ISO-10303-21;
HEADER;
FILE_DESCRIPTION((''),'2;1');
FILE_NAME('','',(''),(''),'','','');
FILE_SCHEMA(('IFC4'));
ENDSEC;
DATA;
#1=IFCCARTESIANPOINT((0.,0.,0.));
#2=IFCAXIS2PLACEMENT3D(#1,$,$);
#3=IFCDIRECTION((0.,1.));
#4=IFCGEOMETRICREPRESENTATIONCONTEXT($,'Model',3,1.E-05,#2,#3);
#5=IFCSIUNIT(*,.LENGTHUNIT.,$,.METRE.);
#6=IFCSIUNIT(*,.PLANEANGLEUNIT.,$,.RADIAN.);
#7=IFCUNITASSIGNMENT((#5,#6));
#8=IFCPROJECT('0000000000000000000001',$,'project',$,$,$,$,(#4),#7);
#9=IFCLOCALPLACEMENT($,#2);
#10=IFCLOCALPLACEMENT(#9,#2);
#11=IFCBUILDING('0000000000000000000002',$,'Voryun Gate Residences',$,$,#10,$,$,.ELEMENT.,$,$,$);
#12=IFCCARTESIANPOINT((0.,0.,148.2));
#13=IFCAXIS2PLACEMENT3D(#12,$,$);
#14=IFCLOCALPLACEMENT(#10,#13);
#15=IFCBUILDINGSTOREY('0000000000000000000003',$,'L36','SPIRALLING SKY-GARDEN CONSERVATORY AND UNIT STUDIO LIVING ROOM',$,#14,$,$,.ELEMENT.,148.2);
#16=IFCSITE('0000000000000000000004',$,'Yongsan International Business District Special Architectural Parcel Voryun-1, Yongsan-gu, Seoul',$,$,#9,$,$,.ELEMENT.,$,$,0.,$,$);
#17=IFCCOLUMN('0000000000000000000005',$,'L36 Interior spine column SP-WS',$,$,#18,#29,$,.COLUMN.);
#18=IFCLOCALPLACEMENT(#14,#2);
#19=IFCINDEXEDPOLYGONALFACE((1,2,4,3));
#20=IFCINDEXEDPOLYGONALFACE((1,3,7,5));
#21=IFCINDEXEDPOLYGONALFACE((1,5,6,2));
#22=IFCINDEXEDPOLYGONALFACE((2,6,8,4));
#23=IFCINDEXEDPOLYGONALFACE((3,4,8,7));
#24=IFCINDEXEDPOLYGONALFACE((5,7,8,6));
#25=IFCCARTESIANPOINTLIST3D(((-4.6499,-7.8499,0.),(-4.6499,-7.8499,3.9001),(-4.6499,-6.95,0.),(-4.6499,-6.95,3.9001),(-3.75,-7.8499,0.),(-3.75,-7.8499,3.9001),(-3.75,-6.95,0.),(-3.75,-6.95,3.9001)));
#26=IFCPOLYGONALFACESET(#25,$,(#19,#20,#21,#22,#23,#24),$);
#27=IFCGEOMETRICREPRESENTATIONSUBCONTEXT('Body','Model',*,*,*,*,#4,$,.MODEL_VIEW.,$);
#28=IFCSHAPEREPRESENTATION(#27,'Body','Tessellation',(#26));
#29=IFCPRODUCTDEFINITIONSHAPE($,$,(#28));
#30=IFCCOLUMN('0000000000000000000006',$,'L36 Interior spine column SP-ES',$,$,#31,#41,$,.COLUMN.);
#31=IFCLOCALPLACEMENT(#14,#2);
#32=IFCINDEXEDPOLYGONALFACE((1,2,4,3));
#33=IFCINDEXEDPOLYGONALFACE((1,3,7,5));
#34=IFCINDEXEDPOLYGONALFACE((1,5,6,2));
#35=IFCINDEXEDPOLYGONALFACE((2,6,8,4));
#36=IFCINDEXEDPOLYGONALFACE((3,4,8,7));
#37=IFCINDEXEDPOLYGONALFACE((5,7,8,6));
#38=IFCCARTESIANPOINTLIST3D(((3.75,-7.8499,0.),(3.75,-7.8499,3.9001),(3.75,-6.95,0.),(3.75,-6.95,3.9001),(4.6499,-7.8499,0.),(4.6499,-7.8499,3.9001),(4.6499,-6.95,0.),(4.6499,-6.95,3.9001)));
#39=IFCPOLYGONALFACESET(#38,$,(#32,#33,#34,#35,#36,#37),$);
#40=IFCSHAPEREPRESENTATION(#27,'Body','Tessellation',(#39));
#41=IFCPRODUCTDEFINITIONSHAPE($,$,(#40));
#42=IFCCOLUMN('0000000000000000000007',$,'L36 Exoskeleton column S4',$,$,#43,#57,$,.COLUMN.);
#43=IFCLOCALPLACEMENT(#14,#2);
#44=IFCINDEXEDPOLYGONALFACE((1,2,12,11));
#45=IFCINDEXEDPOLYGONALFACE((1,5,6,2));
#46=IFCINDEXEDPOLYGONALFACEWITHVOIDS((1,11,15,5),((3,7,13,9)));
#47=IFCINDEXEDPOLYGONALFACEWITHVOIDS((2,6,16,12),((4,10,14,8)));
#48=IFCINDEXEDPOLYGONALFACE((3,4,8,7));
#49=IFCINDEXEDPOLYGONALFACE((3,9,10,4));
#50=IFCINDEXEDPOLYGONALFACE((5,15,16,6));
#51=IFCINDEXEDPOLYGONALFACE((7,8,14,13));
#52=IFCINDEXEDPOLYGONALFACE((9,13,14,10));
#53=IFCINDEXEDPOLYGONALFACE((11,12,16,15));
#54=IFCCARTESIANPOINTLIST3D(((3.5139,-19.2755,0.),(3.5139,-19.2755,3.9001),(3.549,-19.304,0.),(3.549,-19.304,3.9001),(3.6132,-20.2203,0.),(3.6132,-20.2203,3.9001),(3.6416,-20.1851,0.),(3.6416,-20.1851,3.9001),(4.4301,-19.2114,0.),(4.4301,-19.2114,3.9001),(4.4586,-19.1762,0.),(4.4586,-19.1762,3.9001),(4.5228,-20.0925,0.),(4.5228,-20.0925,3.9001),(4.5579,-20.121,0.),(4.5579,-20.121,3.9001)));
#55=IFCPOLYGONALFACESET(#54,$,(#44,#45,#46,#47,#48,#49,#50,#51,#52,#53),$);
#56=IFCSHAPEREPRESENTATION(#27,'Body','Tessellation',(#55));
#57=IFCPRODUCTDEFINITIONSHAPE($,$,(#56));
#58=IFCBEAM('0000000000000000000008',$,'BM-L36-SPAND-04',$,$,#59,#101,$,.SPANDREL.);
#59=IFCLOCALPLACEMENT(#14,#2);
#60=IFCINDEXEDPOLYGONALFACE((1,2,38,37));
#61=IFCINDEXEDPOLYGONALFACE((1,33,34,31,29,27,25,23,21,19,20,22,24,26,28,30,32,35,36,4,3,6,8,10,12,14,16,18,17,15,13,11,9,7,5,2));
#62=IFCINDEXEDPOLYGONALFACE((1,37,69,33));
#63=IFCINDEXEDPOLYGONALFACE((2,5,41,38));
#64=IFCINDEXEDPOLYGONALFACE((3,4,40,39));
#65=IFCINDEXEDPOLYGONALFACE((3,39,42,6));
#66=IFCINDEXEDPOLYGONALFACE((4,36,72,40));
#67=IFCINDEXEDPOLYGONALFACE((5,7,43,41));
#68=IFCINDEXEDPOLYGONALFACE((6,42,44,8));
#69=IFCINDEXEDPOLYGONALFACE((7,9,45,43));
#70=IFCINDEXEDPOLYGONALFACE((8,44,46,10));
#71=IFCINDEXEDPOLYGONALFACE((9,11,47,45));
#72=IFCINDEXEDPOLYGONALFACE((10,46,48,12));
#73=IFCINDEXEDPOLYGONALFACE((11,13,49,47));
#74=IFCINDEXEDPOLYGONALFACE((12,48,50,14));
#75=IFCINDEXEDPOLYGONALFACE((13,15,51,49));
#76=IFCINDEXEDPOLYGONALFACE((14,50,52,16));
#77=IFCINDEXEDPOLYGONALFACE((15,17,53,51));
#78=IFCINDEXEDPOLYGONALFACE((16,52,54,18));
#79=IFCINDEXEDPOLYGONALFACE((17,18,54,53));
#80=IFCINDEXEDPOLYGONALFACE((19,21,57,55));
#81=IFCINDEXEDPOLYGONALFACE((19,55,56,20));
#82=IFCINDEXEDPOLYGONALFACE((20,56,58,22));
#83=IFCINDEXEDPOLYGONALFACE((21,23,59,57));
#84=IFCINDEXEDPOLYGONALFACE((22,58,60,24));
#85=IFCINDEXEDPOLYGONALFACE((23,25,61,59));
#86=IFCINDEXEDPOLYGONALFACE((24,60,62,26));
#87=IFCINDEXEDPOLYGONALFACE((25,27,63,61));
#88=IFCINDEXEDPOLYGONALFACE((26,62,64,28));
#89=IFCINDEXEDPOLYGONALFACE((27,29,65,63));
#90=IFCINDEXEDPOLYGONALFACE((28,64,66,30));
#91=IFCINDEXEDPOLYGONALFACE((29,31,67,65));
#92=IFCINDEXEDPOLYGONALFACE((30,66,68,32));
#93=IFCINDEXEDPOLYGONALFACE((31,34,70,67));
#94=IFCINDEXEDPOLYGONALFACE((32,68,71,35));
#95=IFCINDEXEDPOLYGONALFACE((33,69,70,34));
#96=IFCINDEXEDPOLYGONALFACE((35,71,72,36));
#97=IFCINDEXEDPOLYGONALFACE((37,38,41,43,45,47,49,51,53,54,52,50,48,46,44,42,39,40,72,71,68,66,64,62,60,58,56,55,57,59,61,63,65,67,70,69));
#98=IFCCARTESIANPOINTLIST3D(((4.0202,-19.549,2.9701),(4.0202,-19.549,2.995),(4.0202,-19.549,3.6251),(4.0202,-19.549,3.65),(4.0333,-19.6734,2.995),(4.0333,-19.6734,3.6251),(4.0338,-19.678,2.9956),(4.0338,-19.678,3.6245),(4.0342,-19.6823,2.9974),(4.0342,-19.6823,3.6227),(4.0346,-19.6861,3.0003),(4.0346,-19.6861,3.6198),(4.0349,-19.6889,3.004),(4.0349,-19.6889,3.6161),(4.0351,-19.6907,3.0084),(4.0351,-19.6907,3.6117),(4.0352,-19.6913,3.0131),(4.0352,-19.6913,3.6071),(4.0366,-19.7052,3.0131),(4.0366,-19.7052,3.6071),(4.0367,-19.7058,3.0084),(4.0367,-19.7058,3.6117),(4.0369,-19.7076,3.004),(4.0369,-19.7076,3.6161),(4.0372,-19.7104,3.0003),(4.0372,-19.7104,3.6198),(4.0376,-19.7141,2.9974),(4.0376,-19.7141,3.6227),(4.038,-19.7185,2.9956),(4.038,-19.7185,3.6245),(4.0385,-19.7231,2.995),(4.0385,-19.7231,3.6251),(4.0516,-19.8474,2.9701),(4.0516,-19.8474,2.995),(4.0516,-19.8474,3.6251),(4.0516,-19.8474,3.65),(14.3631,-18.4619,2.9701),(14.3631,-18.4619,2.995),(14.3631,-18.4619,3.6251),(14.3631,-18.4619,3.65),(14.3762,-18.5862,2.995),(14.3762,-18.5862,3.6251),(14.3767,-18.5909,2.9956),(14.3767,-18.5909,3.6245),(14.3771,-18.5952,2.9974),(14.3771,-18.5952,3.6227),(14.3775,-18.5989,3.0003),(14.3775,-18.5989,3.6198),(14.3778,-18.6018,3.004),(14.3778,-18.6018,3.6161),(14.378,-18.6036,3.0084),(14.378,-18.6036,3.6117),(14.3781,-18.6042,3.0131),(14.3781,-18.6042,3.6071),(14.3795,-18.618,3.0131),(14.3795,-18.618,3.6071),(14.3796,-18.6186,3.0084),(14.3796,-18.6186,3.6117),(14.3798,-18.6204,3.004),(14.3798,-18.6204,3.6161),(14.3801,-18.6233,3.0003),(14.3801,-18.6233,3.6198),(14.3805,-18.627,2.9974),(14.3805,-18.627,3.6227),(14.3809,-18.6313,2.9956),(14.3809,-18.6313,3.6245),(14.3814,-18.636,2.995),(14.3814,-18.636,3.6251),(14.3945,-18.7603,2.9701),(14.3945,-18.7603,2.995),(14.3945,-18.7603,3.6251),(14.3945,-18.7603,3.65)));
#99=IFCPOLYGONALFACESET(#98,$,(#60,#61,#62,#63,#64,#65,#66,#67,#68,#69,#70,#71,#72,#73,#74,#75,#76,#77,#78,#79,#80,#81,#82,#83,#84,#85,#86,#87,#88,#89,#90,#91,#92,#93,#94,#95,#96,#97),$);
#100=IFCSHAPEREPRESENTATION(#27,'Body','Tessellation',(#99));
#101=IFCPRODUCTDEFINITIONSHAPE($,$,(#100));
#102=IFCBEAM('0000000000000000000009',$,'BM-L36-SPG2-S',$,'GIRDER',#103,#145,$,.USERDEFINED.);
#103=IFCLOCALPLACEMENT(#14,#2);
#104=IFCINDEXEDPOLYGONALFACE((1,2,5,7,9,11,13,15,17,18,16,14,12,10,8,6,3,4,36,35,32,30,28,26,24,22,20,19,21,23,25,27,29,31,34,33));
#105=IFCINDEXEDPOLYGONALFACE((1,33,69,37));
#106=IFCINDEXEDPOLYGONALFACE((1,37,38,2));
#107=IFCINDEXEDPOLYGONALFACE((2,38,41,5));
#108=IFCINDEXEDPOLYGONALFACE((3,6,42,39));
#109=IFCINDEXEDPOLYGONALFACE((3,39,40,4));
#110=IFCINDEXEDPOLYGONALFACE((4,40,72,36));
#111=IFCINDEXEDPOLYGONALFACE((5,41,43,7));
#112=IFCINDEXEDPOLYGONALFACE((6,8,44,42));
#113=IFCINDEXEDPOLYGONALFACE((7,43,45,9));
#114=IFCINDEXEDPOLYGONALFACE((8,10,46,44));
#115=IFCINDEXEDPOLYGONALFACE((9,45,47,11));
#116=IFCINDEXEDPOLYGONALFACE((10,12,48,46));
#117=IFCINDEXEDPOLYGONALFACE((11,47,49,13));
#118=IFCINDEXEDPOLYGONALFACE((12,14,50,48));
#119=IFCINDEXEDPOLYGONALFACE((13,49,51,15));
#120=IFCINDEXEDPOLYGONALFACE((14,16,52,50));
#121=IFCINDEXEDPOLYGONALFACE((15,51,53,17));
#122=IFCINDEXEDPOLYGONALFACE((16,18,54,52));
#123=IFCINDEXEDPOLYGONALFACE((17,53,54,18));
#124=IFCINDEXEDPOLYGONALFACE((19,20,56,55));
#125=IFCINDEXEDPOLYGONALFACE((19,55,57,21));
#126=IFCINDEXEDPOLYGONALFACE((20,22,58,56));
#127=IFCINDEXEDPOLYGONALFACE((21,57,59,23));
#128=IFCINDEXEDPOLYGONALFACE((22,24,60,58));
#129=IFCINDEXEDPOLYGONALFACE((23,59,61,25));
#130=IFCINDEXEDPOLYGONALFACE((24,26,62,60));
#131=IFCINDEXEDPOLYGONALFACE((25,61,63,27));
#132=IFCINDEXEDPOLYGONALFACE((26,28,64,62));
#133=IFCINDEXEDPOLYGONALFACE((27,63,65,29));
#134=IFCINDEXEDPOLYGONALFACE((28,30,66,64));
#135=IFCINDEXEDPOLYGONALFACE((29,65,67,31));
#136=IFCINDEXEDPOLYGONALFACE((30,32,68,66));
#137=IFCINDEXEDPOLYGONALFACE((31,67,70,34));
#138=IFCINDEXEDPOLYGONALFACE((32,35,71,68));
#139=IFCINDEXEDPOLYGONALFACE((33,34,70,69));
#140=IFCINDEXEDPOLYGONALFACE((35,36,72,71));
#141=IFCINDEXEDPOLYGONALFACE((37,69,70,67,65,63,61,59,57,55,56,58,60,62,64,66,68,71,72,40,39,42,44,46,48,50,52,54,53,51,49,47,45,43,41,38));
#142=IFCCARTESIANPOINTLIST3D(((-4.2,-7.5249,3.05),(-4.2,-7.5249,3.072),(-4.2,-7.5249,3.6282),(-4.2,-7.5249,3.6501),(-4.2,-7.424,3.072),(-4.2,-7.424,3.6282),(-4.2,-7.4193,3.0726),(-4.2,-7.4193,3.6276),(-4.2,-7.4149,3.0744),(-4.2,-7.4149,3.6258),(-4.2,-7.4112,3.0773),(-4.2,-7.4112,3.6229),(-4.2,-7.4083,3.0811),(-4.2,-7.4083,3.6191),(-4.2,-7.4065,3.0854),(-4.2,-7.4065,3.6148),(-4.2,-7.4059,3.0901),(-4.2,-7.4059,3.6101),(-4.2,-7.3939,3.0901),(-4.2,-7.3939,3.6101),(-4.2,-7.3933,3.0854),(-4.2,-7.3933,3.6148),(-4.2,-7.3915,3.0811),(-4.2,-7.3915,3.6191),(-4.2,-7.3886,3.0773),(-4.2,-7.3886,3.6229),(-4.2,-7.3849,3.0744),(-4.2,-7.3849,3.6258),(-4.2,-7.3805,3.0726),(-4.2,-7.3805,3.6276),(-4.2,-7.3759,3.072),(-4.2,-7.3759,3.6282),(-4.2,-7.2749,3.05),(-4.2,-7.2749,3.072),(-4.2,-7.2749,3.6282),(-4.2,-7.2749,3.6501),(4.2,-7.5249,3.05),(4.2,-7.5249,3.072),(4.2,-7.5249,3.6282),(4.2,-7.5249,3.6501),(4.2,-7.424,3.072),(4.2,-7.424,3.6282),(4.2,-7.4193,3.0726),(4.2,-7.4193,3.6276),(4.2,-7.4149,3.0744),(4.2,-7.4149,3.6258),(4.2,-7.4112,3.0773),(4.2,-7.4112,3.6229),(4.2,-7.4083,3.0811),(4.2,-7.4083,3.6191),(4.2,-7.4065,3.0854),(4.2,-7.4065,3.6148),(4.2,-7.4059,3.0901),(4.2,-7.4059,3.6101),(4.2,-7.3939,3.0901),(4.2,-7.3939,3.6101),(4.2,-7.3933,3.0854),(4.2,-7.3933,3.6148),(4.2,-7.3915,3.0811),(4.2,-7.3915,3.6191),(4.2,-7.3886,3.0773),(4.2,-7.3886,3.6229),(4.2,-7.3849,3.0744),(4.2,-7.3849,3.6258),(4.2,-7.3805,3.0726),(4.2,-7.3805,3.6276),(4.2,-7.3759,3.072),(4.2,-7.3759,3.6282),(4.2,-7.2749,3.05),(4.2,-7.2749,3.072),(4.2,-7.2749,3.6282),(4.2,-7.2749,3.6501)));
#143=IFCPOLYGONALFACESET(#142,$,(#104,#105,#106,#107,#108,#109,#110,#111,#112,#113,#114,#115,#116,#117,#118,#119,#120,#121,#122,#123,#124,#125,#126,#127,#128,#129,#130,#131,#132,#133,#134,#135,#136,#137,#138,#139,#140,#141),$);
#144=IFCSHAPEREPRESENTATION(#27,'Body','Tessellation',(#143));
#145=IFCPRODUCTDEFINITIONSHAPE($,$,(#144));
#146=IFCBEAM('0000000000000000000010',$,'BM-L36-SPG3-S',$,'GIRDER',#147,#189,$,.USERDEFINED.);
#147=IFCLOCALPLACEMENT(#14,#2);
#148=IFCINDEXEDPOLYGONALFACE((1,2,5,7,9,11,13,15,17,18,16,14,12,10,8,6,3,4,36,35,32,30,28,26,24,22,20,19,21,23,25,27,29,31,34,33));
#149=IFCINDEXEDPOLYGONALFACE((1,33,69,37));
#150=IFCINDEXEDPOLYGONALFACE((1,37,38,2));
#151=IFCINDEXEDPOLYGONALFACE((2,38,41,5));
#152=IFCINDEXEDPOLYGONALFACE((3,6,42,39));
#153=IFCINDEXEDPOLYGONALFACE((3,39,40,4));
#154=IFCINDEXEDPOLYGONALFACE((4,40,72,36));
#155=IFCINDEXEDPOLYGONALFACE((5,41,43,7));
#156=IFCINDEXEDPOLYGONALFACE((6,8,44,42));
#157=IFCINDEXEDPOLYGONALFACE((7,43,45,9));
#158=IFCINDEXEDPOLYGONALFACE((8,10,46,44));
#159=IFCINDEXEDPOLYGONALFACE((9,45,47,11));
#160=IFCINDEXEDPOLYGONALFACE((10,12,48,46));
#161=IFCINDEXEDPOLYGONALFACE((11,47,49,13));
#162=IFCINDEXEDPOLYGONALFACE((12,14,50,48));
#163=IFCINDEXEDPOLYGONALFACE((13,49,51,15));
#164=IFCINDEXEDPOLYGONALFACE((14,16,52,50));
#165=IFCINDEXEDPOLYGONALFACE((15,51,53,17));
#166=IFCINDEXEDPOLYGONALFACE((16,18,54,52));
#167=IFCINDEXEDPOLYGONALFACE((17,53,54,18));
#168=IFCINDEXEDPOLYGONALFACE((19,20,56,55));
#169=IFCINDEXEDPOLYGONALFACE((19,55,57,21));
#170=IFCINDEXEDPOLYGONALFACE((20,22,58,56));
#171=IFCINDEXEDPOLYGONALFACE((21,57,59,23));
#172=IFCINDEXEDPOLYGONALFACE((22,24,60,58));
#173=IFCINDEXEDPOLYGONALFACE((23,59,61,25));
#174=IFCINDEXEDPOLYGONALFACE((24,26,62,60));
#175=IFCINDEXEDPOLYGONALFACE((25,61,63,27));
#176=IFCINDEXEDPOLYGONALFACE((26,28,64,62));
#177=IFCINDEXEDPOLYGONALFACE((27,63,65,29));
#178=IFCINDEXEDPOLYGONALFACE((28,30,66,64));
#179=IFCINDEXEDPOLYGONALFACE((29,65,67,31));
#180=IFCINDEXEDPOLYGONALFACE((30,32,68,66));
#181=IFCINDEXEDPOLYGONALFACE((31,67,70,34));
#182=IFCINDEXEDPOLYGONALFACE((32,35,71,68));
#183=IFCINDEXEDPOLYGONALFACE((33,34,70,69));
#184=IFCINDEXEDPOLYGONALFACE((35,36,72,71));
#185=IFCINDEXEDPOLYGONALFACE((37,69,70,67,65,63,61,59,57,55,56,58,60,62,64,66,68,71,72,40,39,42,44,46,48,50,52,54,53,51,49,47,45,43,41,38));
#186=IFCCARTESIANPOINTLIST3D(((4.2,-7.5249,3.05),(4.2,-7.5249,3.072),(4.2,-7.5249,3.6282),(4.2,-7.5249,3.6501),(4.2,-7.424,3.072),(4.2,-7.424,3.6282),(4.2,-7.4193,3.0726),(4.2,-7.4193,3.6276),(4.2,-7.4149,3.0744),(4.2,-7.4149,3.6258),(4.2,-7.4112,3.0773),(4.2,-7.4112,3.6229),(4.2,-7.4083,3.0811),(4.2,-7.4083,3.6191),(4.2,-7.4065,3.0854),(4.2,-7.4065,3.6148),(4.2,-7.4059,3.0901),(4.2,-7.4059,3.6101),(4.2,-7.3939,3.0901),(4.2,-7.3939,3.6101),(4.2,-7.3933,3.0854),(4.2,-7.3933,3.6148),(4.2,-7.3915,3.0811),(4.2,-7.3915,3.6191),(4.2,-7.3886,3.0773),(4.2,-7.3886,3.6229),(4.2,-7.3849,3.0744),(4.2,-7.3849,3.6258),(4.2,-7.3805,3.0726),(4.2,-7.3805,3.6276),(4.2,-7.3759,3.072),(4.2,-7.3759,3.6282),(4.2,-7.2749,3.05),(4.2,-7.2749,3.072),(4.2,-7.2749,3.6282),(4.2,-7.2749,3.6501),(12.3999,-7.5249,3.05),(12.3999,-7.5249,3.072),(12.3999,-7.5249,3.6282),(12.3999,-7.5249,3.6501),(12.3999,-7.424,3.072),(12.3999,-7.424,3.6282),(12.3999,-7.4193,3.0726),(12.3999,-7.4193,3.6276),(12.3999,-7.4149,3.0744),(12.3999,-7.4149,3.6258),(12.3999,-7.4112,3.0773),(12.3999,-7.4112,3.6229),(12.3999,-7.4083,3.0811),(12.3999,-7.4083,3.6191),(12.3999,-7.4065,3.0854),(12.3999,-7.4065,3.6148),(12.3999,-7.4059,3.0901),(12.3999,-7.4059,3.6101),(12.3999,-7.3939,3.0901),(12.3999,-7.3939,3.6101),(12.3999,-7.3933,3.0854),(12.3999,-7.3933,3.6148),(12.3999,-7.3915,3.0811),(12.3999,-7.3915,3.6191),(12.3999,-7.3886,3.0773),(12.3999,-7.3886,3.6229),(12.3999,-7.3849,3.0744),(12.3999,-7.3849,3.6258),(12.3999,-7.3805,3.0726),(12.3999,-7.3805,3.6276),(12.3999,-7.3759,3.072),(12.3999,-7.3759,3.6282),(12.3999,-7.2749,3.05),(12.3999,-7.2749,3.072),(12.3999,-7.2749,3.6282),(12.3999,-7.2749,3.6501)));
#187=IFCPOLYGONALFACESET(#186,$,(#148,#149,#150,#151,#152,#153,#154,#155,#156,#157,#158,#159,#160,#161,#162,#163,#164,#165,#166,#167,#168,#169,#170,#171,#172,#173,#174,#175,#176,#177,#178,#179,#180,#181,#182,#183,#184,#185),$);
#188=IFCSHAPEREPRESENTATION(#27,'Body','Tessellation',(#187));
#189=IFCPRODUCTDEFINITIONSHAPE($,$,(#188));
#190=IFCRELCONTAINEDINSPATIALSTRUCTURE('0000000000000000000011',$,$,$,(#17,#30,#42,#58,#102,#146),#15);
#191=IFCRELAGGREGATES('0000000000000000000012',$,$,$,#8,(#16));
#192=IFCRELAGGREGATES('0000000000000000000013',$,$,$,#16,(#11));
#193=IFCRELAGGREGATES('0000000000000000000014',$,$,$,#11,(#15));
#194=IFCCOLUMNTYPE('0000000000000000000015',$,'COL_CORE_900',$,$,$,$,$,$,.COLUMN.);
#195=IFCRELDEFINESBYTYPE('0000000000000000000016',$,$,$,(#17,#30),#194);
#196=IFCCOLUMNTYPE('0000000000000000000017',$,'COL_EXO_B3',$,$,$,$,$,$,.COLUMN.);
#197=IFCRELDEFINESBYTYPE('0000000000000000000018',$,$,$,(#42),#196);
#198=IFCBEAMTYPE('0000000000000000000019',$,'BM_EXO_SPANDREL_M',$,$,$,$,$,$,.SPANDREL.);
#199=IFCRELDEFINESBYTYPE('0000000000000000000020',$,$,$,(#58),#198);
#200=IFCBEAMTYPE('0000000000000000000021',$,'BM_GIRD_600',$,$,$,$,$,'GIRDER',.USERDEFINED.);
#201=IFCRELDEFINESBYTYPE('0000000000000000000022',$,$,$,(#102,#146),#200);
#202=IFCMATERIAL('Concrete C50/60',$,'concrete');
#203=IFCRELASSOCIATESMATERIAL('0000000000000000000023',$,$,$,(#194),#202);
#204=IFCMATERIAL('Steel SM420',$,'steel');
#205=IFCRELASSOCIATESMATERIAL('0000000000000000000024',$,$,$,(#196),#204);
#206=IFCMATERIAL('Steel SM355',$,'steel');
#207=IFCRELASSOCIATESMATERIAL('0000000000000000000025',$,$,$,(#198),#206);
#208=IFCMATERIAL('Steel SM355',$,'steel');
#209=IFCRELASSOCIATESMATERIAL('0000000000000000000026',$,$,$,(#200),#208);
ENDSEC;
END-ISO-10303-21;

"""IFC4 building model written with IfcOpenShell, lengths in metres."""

from ifc_helpers import new_model, si_unit, direction, frame, origin, origin_2d, place, context, subcontext, project, spatial, rectangle, hollow_rectangle, i_section, extrude, material, material_profile, profile_set, type_object, element, save


model = new_model("IFC4")

# Units and contexts
model_context = context("Model", 3, precision=1e-05, world=origin(), true_north=direction((0.0, 1.0)))
body_context = subcontext(model_context, "Body", "Model", "MODEL_VIEW")
ifc_project = project(units=[si_unit("LENGTHUNIT", "METRE"), si_unit("PLANEANGLEUNIT", "RADIAN")], contexts=[model_context])

# Site, building, storey
site_placement = place(None, origin())
site = spatial("IfcSite", under=ifc_project, at=site_placement, Name="Yongsan International Business District Special Architectural Parcel Voryun-1, Yongsan-gu, Seoul", CompositionType="ELEMENT", RefElevation=0.0)
building_placement = place(site_placement, origin())
building = spatial("IfcBuilding", under=site, at=building_placement, Name="Voryun Gate Residences", CompositionType="ELEMENT")
storey_placement = place(building_placement, frame((0.0, 0.0, 148.2)))
storey = spatial("IfcBuildingStorey", under=building, at=storey_placement, Name="L36", Description="SPIRALLING SKY-GARDEN CONSERVATORY AND UNIT STUDIO LIVING ROOM", CompositionType="ELEMENT", Elevation=148.2)

# Columns
ifc_material_1 = material(Name="Concrete C50/60", Category="concrete")
ifc_material_profile_1 = material_profile(ifc_material_1, rectangle(XDim=0.8999, YDim=0.8999, at=origin_2d()), Name="RC-900x900")
ifc_profile_set_1 = profile_set([ifc_material_profile_1], Name="Concrete C50/60")
column_type_1 = type_object("IfcColumnType", Name="COL_CORE_900", PredefinedType="COLUMN", material=ifc_profile_set_1)
for number, where, z_axis, x_axis, name in (
    (1, (-4.2, -7.3999, 0.0), (0.0, 0.0, 1.0), (1.0, 0.0, 0.0), "L36 Interior spine column SP-WS"),
    (2, (4.2, -7.3999, 0.0), (0.0, 0.0, 1.0), (1.0, 0.0, 0.0), "L36 Interior spine column SP-ES"),
):
    element("IfcColumn", number, at=place(storey_placement, frame(where, z_axis=z_axis, x_axis=x_axis)), inside=storey, type_object=column_type_1, Name=name, PredefinedType="COLUMN", context=body_context, shape_type="SweptSolid", body=[
        extrude(rectangle(XDim=0.8999, YDim=0.8999, at=origin_2d()), origin(), (0.0, 0.0, 1.0), 3.9001),
    ])
ifc_material_2 = material(Name="Steel SM420", Category="steel")
ifc_material_profile_2 = material_profile(ifc_material_2, hollow_rectangle(XDim=0.95, YDim=0.95, WallThickness=0.032, at=origin_2d()), Name="BOX-950x950x32")
ifc_profile_set_2 = profile_set([ifc_material_profile_2], Name="Steel SM420")
column_type_2 = type_object("IfcColumnType", Name="COL_EXO_B3", PredefinedType="COLUMN", material=ifc_profile_set_2)
column_placement = place(storey_placement, frame((4.0359, -19.6982, 0.0), z_axis=(0.0, 0.0, 1.0), x_axis=(0.994522, 0.104528, 0.0)))
element("IfcColumn", 3, at=column_placement, inside=storey, type_object=column_type_2, Name="L36 Exoskeleton column S4", PredefinedType="COLUMN", context=body_context, shape_type="SweptSolid", body=[
    extrude(hollow_rectangle(XDim=0.95, YDim=0.95, WallThickness=0.032, at=origin_2d()), origin(), (0.0, 0.0, 1.0), 3.9001),
])

# Beams
ifc_material_3 = material(Name="Steel SM355", Category="steel")
ifc_material_profile_3 = material_profile(ifc_material_3, i_section(OverallWidth=0.3, OverallDepth=0.6799, WebThickness=0.0139, FlangeThickness=0.0249, FilletRadius=0.0181, at=origin_2d()), Name="H-680x300x14x25")
ifc_profile_set_3 = profile_set([ifc_material_profile_3], Name="Steel SM355")
beam_type_1 = type_object("IfcBeamType", Name="BM_EXO_SPANDREL_M", PredefinedType="SPANDREL", material=ifc_profile_set_3)
beam_1_placement = place(storey_placement, frame((4.0359, -19.6982, 3.3101), z_axis=(0.994521, 0.104534, 0.0), x_axis=(-0.104534, 0.994521, 0.0)))
element("IfcBeam", 4, at=beam_1_placement, inside=storey, type_object=beam_type_1, Name="BM-L36-SPAND-04", PredefinedType="SPANDREL", context=body_context, shape_type="SweptSolid", body=[
    extrude(i_section(OverallWidth=0.3, OverallDepth=0.6799, WebThickness=0.0139, FlangeThickness=0.0249, FilletRadius=0.0181, at=origin_2d()), origin(), (0.0, 0.0, 1.0), 10.3999),
])
ifc_material_4 = material(Name="Steel SM355", Category="steel")
ifc_material_profile_4 = material_profile(ifc_material_4, i_section(OverallWidth=0.25, OverallDepth=0.6001, WebThickness=0.012, FlangeThickness=0.022, FilletRadius=0.0181, at=origin_2d()), Name="H-600x250x12x22")
ifc_profile_set_4 = profile_set([ifc_material_profile_4], Name="Steel SM355")
beam_type_2 = type_object("IfcBeamType", Name="BM_GIRD_600", ElementType="GIRDER", PredefinedType="USERDEFINED", material=ifc_profile_set_4)
beam_2_placement = place(storey_placement, frame((-4.2, -7.3999, 3.3501), z_axis=(1.0, 0.0, 0.0), x_axis=(0.0, 1.0, 0.0)))
element("IfcBeam", 5, at=beam_2_placement, inside=storey, type_object=beam_type_2, Name="BM-L36-SPG2-S", ObjectType="GIRDER", PredefinedType="USERDEFINED", context=body_context, shape_type="SweptSolid", body=[
    extrude(i_section(OverallWidth=0.25, OverallDepth=0.6001, WebThickness=0.012, FlangeThickness=0.022, FilletRadius=0.0181, at=origin_2d()), origin(), (0.0, 0.0, 1.0), 8.3999),
])
beam_3_placement = place(storey_placement, frame((4.2, -7.3999, 3.3501), z_axis=(1.0, 0.0, 0.0), x_axis=(0.0, 1.0, 0.0)))
element("IfcBeam", 6, at=beam_3_placement, inside=storey, type_object=beam_type_2, Name="BM-L36-SPG3-S", ObjectType="GIRDER", PredefinedType="USERDEFINED", context=body_context, shape_type="SweptSolid", body=[
    extrude(i_section(OverallWidth=0.25, OverallDepth=0.6001, WebThickness=0.012, FlangeThickness=0.022, FilletRadius=0.0181, at=origin_2d()), origin(), (0.0, 0.0, 1.0), 8.2),
])

save(model, "model.ifc")
